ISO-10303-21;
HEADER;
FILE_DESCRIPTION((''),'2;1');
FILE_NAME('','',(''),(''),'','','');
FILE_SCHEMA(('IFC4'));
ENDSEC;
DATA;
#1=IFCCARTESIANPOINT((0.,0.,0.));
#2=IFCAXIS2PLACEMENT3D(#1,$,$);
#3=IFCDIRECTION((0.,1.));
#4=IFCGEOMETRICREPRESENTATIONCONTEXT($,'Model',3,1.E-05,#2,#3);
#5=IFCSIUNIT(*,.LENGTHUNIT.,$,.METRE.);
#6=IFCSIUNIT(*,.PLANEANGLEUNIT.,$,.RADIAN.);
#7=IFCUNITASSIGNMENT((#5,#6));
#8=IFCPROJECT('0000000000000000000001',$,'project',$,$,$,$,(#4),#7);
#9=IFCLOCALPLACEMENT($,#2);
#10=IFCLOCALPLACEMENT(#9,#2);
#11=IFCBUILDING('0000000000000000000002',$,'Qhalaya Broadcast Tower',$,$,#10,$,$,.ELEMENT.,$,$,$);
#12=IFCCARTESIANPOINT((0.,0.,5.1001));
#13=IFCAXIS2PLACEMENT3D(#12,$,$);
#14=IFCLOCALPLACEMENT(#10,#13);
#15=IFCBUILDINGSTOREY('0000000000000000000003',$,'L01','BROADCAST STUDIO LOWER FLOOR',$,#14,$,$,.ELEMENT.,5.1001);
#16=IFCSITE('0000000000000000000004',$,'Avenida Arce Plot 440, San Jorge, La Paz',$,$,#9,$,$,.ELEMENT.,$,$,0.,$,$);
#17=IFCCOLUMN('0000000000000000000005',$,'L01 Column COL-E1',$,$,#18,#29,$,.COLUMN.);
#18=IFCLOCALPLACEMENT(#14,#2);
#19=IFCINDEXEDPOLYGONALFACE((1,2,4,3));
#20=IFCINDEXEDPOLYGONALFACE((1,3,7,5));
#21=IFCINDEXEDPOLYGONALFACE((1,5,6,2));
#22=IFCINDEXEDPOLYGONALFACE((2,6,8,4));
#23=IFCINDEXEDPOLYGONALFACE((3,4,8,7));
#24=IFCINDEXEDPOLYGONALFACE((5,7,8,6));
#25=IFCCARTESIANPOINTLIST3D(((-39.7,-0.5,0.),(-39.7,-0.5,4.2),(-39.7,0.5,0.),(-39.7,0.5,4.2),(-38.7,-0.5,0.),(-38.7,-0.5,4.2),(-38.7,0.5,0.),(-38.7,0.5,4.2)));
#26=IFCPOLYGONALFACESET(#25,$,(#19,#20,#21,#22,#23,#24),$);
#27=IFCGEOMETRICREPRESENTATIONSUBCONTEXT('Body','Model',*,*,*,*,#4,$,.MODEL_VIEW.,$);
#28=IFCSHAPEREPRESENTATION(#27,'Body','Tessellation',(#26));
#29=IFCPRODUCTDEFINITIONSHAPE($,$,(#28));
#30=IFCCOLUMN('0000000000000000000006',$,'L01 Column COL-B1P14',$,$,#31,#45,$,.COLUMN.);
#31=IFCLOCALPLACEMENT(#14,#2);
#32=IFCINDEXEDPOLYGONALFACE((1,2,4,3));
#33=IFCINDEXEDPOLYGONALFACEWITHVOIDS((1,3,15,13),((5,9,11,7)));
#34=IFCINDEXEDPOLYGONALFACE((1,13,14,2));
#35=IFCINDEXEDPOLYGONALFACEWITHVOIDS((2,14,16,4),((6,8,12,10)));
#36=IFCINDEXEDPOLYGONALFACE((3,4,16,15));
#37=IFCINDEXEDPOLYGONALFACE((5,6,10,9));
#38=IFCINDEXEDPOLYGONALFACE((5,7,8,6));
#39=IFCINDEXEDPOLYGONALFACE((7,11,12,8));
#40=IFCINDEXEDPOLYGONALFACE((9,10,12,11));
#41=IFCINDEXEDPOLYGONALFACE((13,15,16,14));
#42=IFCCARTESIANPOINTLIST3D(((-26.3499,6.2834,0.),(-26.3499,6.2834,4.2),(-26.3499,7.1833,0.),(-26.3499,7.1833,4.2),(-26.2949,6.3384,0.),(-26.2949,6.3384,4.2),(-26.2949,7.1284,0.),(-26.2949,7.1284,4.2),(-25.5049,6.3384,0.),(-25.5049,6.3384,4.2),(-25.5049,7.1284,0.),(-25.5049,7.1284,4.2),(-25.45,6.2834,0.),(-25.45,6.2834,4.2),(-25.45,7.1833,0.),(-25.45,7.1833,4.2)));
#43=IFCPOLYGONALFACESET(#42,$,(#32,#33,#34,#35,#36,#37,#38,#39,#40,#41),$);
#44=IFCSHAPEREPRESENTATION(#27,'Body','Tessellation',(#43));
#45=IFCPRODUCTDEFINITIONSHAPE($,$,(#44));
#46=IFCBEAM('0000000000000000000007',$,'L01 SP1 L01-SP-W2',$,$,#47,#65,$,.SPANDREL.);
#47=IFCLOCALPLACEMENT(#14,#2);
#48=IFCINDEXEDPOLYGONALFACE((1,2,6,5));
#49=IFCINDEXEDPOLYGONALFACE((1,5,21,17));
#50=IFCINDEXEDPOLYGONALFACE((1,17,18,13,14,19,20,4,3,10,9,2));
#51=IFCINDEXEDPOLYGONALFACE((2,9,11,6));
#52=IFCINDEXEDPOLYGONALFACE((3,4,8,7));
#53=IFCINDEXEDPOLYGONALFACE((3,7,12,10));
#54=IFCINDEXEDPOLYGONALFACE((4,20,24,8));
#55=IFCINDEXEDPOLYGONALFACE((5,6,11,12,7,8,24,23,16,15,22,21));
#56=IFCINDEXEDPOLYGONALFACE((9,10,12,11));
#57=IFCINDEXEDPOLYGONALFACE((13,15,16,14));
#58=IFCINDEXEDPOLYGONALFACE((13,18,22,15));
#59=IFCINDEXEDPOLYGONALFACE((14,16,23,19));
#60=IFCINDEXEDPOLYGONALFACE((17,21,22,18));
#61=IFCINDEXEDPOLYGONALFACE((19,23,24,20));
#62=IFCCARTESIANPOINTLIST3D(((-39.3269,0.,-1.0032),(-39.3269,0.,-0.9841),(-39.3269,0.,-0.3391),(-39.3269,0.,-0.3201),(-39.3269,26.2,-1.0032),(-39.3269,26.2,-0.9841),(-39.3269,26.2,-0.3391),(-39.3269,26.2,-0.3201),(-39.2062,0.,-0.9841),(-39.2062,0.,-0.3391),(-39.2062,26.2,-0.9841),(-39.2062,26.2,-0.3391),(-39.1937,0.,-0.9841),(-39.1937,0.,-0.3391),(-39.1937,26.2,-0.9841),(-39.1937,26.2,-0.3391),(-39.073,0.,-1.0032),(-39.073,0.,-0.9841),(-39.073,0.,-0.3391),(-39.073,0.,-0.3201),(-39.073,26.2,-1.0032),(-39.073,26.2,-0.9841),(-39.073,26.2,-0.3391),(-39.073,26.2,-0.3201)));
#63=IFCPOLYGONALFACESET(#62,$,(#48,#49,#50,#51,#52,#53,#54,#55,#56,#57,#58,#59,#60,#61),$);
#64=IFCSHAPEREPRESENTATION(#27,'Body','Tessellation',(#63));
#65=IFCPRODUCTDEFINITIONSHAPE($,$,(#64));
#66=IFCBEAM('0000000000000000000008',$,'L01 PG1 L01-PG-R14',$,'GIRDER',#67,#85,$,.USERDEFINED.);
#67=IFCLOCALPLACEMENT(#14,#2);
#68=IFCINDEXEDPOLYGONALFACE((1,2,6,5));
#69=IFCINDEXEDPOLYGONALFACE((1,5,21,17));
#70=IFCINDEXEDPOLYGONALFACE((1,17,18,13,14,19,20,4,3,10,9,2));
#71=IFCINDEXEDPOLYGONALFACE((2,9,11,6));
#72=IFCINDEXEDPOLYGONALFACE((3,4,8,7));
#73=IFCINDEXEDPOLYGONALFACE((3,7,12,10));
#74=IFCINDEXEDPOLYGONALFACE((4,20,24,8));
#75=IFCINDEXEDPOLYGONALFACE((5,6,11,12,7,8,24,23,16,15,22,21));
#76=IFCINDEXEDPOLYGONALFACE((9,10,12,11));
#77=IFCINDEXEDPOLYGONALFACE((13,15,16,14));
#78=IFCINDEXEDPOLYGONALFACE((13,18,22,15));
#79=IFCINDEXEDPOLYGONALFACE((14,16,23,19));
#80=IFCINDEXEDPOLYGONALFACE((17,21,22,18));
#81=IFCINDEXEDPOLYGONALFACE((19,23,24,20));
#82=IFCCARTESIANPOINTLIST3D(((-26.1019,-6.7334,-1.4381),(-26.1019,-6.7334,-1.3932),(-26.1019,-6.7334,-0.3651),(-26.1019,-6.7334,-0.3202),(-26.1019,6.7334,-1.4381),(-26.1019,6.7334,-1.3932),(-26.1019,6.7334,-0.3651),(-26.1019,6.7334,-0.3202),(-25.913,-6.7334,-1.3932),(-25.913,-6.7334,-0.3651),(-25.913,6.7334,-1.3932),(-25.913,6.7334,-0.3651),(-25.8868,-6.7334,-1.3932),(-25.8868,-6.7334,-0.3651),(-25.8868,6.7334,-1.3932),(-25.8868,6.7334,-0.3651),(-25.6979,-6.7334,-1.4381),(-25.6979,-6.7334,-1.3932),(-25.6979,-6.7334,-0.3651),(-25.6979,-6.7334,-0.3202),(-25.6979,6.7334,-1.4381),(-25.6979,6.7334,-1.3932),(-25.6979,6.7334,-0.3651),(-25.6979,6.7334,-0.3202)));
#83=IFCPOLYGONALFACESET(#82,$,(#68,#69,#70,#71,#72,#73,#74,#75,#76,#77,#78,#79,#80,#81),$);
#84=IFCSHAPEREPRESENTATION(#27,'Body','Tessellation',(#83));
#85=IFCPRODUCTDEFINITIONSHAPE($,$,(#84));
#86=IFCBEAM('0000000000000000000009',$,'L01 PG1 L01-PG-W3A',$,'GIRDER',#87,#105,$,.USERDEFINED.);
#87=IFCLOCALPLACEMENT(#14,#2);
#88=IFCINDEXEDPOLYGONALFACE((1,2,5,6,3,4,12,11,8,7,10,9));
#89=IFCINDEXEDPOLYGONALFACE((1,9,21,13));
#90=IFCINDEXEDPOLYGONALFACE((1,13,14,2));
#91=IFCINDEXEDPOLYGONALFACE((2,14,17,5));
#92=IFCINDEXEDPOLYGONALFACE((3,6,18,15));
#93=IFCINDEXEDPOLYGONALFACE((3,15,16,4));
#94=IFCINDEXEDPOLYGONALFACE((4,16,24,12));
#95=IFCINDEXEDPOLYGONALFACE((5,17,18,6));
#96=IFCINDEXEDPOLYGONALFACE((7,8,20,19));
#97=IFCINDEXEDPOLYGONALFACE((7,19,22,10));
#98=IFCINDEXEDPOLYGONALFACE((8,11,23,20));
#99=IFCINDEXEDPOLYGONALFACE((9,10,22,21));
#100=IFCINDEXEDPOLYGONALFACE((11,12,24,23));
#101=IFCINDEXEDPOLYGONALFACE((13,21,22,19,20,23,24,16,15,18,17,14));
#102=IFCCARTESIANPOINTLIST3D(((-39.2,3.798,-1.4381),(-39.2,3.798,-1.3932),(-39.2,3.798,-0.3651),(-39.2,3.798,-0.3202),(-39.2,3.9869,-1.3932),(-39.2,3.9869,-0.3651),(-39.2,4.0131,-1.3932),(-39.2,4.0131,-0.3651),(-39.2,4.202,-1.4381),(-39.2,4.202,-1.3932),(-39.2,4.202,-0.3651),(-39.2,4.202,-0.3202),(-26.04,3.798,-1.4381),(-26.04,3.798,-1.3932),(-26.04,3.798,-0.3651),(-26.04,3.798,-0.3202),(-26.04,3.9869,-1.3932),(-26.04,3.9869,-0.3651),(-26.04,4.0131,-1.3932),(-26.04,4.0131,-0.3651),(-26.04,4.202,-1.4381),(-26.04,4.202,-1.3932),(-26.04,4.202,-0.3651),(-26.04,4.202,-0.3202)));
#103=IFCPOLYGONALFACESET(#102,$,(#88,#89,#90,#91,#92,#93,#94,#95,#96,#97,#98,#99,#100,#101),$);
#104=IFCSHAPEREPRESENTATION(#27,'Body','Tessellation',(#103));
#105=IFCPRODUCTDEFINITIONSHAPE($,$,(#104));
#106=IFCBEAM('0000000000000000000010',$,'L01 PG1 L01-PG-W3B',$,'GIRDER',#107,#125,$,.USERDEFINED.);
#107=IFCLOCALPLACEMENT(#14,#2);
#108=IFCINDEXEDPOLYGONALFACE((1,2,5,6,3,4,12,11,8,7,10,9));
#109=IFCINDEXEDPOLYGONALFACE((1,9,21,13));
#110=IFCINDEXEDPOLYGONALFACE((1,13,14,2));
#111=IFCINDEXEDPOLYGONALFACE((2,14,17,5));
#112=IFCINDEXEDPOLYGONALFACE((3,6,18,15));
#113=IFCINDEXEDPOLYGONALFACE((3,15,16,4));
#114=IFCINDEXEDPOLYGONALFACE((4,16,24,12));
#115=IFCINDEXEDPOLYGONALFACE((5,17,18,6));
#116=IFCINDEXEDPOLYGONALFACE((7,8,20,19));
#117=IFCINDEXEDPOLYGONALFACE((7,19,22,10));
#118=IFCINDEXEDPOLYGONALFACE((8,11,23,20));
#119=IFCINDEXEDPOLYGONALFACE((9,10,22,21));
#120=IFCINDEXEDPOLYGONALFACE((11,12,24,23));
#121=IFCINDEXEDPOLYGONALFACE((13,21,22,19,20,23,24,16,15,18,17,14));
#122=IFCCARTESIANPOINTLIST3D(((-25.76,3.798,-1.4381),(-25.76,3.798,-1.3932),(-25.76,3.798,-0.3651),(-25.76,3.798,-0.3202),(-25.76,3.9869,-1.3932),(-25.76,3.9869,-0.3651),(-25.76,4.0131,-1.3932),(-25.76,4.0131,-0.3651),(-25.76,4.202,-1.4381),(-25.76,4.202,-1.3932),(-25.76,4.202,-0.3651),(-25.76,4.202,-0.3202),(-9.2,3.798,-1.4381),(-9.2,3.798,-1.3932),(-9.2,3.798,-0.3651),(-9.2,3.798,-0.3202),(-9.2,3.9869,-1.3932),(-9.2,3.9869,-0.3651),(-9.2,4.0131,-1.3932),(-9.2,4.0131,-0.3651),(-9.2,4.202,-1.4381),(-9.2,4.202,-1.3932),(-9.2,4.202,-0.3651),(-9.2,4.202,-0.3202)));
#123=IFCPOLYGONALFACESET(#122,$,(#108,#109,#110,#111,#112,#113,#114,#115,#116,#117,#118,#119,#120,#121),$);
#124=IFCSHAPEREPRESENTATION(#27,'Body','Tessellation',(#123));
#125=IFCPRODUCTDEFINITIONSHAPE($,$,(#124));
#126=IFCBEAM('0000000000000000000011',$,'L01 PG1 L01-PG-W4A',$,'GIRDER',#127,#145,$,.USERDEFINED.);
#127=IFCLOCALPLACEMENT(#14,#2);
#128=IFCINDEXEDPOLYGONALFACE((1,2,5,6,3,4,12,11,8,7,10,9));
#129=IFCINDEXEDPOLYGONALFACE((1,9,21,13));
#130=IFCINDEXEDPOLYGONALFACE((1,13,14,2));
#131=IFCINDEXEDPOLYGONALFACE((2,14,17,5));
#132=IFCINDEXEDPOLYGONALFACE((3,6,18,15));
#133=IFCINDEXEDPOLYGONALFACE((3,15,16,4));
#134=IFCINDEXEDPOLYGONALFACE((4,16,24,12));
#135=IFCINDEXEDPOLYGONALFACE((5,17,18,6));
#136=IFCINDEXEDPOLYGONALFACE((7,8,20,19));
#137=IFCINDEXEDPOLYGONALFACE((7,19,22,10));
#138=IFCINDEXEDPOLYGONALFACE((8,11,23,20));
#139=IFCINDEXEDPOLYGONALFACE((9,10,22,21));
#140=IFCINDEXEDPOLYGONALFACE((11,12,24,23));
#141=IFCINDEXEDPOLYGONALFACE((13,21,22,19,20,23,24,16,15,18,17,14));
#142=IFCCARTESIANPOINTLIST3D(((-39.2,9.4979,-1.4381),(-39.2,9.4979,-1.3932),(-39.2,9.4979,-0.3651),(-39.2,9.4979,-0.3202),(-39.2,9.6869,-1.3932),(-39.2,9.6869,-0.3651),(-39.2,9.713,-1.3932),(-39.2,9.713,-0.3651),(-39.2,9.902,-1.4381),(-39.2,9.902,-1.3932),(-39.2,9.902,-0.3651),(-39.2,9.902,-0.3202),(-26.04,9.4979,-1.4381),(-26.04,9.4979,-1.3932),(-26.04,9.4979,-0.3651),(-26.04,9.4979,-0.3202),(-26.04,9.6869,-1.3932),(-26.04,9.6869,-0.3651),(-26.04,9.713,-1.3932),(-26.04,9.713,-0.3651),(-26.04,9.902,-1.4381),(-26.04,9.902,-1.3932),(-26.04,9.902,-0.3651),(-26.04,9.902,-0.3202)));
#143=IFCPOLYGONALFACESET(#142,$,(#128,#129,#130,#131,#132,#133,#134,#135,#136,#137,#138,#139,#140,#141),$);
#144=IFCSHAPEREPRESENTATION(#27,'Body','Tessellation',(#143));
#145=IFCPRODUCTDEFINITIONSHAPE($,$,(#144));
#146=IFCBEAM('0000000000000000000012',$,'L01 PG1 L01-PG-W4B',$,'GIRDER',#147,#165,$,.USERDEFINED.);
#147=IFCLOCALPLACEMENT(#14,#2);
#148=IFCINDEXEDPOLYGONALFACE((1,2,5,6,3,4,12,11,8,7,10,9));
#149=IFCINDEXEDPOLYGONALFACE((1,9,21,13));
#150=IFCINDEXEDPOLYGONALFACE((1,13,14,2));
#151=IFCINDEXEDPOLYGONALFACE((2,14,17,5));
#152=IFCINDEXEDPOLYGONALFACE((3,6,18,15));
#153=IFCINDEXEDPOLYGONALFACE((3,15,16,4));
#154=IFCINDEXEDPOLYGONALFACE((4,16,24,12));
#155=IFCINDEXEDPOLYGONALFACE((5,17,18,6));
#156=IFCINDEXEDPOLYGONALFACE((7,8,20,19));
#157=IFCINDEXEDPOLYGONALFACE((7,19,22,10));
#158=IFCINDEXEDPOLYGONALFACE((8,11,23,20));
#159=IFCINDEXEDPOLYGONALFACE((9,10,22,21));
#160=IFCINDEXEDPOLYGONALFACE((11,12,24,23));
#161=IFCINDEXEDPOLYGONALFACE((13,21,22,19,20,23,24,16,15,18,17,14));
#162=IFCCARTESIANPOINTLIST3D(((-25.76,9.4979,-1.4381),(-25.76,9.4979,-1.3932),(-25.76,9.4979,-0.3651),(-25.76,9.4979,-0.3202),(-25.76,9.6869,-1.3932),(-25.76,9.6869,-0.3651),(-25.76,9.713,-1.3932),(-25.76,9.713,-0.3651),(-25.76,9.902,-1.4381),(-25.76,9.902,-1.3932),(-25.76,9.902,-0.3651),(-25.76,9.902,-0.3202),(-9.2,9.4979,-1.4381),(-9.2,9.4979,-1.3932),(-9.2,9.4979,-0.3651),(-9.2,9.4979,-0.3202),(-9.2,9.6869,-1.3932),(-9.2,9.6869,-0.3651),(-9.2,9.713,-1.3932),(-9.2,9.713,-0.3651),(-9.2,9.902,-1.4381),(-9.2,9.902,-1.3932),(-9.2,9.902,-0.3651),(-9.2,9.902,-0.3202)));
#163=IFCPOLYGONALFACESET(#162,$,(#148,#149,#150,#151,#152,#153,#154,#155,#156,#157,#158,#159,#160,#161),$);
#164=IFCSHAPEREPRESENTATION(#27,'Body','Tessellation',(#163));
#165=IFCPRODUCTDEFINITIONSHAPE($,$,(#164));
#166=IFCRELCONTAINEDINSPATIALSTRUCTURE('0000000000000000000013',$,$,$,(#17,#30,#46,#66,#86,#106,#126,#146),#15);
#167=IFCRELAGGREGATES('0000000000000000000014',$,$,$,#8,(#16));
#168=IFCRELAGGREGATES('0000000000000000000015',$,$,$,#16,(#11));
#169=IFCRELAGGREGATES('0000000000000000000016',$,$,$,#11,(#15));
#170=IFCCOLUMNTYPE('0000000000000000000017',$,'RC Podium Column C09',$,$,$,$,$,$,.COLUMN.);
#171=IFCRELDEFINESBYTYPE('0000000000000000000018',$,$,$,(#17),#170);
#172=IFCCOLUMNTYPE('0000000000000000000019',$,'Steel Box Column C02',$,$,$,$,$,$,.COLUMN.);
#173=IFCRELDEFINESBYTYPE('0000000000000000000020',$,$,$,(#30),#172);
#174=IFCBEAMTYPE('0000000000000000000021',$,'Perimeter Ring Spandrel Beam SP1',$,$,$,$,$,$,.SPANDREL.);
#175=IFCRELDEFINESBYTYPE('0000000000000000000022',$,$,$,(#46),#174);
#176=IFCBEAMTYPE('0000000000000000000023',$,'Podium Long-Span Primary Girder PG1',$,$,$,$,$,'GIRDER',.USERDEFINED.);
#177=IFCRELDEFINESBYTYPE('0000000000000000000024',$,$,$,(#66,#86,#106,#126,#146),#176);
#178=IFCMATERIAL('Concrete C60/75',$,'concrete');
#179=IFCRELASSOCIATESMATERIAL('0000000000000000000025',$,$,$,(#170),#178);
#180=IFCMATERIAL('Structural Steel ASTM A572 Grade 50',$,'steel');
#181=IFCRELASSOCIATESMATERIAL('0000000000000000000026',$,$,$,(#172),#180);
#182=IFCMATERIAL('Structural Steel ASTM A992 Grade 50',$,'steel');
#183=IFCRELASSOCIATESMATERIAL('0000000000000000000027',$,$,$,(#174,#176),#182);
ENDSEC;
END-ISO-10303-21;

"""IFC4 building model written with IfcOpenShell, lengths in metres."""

from ifc_helpers import new_model, si_unit, direction, frame, origin, origin_2d, place, context, subcontext, project, spatial, rectangle, hollow_rectangle, i_section, extrude, material, material_profile, profile_set, type_object, element, save


model = new_model("IFC4")

# Units and contexts
model_context = context("Model", 3, precision=1e-05, world=origin(), true_north=direction((0.0, 1.0)))
body_context = subcontext(model_context, "Body", "Model", "MODEL_VIEW")
ifc_project = project(units=[si_unit("LENGTHUNIT", "METRE"), si_unit("PLANEANGLEUNIT", "RADIAN")], contexts=[model_context])

# Site, building, storey
site_placement = place(None, origin())
site = spatial("IfcSite", under=ifc_project, at=site_placement, Name="Avenida Arce Plot 440, San Jorge, La Paz", CompositionType="ELEMENT", RefElevation=0.0)
building_placement = place(site_placement, origin())
building = spatial("IfcBuilding", under=site, at=building_placement, Name="Qhalaya Broadcast Tower", CompositionType="ELEMENT")
storey_placement = place(building_placement, frame((0.0, 0.0, 5.1001)))
storey = spatial("IfcBuildingStorey", under=building, at=storey_placement, Name="L01", Description="BROADCAST STUDIO LOWER FLOOR", CompositionType="ELEMENT", Elevation=5.1001)

# Columns
ifc_material_1 = material(Name="Concrete C60/75", Category="concrete")
ifc_material_profile_1 = material_profile(ifc_material_1, rectangle(XDim=1.0, YDim=1.0, at=origin_2d()), Name="RC-COL 1000x1000")
ifc_profile_set_1 = profile_set([ifc_material_profile_1], Name="Concrete C60/75")
column_type_1 = type_object("IfcColumnType", Name="RC Podium Column C09", PredefinedType="COLUMN", material=ifc_profile_set_1)
column_1_placement = place(storey_placement, frame((-39.2, 0.0, 0.0), z_axis=(0.0, 0.0, 1.0), x_axis=(1.0, 0.0, 0.0)))
element("IfcColumn", 1, at=column_1_placement, inside=storey, type_object=column_type_1, Name="L01 Column COL-E1", PredefinedType="COLUMN", context=body_context, shape_type="SweptSolid", body=[
    extrude(rectangle(XDim=1.0, YDim=1.0, at=origin_2d()), origin(), (0.0, 0.0, 1.0), 4.2),
])
ifc_material_2 = material(Name="Structural Steel ASTM A572 Grade 50", Category="steel")
ifc_material_profile_2 = material_profile(ifc_material_2, hollow_rectangle(XDim=0.8999, YDim=0.8999, WallThickness=0.0549, at=origin_2d()), Name="BOX 900x900x55")
ifc_profile_set_2 = profile_set([ifc_material_profile_2], Name="Structural Steel ASTM A572 Grade 50")
column_type_2 = type_object("IfcColumnType", Name="Steel Box Column C02", PredefinedType="COLUMN", material=ifc_profile_set_2)
column_2_placement = place(storey_placement, frame((-25.8999, 6.7334, 0.0), z_axis=(0.0, 0.0, 1.0), x_axis=(0.0, 1.0, 0.0)))
element("IfcColumn", 2, at=column_2_placement, inside=storey, type_object=column_type_2, Name="L01 Column COL-B1P14", PredefinedType="COLUMN", context=body_context, shape_type="SweptSolid", body=[
    extrude(hollow_rectangle(XDim=0.8999, YDim=0.8999, WallThickness=0.0549, at=origin_2d()), origin(), (0.0, 0.0, 1.0), 4.2),
])

# Beams
ifc_material_3 = material(Name="Structural Steel ASTM A992 Grade 50", Category="steel")
ifc_material_profile_3 = material_profile(ifc_material_3, i_section(OverallWidth=0.2539, OverallDepth=0.6831, WebThickness=0.0125, FlangeThickness=0.019, at=origin_2d()), Name="W27X94")
ifc_profile_set_3 = profile_set([ifc_material_profile_3], Name="Structural Steel ASTM A992 Grade 50")
beam_type_1 = type_object("IfcBeamType", Name="Perimeter Ring Spandrel Beam SP1", PredefinedType="SPANDREL", material=ifc_profile_set_3)
beam_1_placement = place(storey_placement, frame((-39.2, 0.0, -0.6616), z_axis=(0.0, 1.0, 0.0), x_axis=(-1.0, 0.0, 0.0)))
element("IfcBeam", 3, at=beam_1_placement, inside=storey, type_object=beam_type_1, Name="L01 SP1 L01-SP-W2", PredefinedType="SPANDREL", context=body_context, shape_type="SweptSolid", body=[
    extrude(i_section(OverallWidth=0.2539, OverallDepth=0.6831, WebThickness=0.0125, FlangeThickness=0.019, at=origin_2d()), origin(), (0.0, 0.0, 1.0), 26.2),
])
ifc_material_profile_4 = material_profile(ifc_material_3, i_section(OverallWidth=0.4041, OverallDepth=1.1179, WebThickness=0.0261, FlangeThickness=0.0449, at=origin_2d()), Name="W44X335")
ifc_profile_set_4 = profile_set([ifc_material_profile_4], Name="Structural Steel ASTM A992 Grade 50")
beam_type_2 = type_object("IfcBeamType", Name="Podium Long-Span Primary Girder PG1", ElementType="GIRDER", PredefinedType="USERDEFINED", material=ifc_profile_set_4)
beam_2_placement = place(storey_placement, frame((-25.8999, 6.7334, -0.8792), z_axis=(0.0, -1.0, 0.0), x_axis=(1.0, 0.0, 0.0)))
element("IfcBeam", 4, at=beam_2_placement, inside=storey, type_object=beam_type_2, Name="L01 PG1 L01-PG-R14", ObjectType="GIRDER", PredefinedType="USERDEFINED", context=body_context, shape_type="SweptSolid", body=[
    extrude(i_section(OverallWidth=0.4041, OverallDepth=1.1179, WebThickness=0.0261, FlangeThickness=0.0449, at=origin_2d()), origin(), (0.0, 0.0, 1.0), 13.4668),
])
beam_3_placement = place(storey_placement, frame((-39.2, 4.0, -0.8792), z_axis=(1.0, 0.0, 0.0), x_axis=(0.0, 1.0, 0.0)))
element("IfcBeam", 5, at=beam_3_placement, inside=storey, type_object=beam_type_2, Name="L01 PG1 L01-PG-W3A", ObjectType="GIRDER", PredefinedType="USERDEFINED", context=body_context, shape_type="SweptSolid", body=[
    extrude(i_section(OverallWidth=0.4041, OverallDepth=1.1179, WebThickness=0.0261, FlangeThickness=0.0449, at=origin_2d()), origin(), (0.0, 0.0, 1.0), 13.1599),
])
beam_4_placement = place(storey_placement, frame((-25.76, 4.0, -0.8792), z_axis=(1.0, 0.0, 0.0), x_axis=(0.0, 1.0, 0.0)))
element("IfcBeam", 6, at=beam_4_placement, inside=storey, type_object=beam_type_2, Name="L01 PG1 L01-PG-W3B", ObjectType="GIRDER", PredefinedType="USERDEFINED", context=body_context, shape_type="SweptSolid", body=[
    extrude(i_section(OverallWidth=0.4041, OverallDepth=1.1179, WebThickness=0.0261, FlangeThickness=0.0449, at=origin_2d()), origin(), (0.0, 0.0, 1.0), 16.5601),
])
beam_5_placement = place(storey_placement, frame((-39.2, 9.7, -0.8792), z_axis=(1.0, 0.0, 0.0), x_axis=(0.0, 1.0, 0.0)))
element("IfcBeam", 7, at=beam_5_placement, inside=storey, type_object=beam_type_2, Name="L01 PG1 L01-PG-W4A", ObjectType="GIRDER", PredefinedType="USERDEFINED", context=body_context, shape_type="SweptSolid", body=[
    extrude(i_section(OverallWidth=0.4041, OverallDepth=1.1179, WebThickness=0.0261, FlangeThickness=0.0449, at=origin_2d()), origin(), (0.0, 0.0, 1.0), 13.1599),
])
beam_6_placement = place(storey_placement, frame((-25.76, 9.7, -0.8792), z_axis=(1.0, 0.0, 0.0), x_axis=(0.0, 1.0, 0.0)))
element("IfcBeam", 8, at=beam_6_placement, inside=storey, type_object=beam_type_2, Name="L01 PG1 L01-PG-W4B", ObjectType="GIRDER", PredefinedType="USERDEFINED", context=body_context, shape_type="SweptSolid", body=[
    extrude(i_section(OverallWidth=0.4041, OverallDepth=1.1179, WebThickness=0.0261, FlangeThickness=0.0449, at=origin_2d()), origin(), (0.0, 0.0, 1.0), 16.5601),
])

save(model, "model.ifc")
